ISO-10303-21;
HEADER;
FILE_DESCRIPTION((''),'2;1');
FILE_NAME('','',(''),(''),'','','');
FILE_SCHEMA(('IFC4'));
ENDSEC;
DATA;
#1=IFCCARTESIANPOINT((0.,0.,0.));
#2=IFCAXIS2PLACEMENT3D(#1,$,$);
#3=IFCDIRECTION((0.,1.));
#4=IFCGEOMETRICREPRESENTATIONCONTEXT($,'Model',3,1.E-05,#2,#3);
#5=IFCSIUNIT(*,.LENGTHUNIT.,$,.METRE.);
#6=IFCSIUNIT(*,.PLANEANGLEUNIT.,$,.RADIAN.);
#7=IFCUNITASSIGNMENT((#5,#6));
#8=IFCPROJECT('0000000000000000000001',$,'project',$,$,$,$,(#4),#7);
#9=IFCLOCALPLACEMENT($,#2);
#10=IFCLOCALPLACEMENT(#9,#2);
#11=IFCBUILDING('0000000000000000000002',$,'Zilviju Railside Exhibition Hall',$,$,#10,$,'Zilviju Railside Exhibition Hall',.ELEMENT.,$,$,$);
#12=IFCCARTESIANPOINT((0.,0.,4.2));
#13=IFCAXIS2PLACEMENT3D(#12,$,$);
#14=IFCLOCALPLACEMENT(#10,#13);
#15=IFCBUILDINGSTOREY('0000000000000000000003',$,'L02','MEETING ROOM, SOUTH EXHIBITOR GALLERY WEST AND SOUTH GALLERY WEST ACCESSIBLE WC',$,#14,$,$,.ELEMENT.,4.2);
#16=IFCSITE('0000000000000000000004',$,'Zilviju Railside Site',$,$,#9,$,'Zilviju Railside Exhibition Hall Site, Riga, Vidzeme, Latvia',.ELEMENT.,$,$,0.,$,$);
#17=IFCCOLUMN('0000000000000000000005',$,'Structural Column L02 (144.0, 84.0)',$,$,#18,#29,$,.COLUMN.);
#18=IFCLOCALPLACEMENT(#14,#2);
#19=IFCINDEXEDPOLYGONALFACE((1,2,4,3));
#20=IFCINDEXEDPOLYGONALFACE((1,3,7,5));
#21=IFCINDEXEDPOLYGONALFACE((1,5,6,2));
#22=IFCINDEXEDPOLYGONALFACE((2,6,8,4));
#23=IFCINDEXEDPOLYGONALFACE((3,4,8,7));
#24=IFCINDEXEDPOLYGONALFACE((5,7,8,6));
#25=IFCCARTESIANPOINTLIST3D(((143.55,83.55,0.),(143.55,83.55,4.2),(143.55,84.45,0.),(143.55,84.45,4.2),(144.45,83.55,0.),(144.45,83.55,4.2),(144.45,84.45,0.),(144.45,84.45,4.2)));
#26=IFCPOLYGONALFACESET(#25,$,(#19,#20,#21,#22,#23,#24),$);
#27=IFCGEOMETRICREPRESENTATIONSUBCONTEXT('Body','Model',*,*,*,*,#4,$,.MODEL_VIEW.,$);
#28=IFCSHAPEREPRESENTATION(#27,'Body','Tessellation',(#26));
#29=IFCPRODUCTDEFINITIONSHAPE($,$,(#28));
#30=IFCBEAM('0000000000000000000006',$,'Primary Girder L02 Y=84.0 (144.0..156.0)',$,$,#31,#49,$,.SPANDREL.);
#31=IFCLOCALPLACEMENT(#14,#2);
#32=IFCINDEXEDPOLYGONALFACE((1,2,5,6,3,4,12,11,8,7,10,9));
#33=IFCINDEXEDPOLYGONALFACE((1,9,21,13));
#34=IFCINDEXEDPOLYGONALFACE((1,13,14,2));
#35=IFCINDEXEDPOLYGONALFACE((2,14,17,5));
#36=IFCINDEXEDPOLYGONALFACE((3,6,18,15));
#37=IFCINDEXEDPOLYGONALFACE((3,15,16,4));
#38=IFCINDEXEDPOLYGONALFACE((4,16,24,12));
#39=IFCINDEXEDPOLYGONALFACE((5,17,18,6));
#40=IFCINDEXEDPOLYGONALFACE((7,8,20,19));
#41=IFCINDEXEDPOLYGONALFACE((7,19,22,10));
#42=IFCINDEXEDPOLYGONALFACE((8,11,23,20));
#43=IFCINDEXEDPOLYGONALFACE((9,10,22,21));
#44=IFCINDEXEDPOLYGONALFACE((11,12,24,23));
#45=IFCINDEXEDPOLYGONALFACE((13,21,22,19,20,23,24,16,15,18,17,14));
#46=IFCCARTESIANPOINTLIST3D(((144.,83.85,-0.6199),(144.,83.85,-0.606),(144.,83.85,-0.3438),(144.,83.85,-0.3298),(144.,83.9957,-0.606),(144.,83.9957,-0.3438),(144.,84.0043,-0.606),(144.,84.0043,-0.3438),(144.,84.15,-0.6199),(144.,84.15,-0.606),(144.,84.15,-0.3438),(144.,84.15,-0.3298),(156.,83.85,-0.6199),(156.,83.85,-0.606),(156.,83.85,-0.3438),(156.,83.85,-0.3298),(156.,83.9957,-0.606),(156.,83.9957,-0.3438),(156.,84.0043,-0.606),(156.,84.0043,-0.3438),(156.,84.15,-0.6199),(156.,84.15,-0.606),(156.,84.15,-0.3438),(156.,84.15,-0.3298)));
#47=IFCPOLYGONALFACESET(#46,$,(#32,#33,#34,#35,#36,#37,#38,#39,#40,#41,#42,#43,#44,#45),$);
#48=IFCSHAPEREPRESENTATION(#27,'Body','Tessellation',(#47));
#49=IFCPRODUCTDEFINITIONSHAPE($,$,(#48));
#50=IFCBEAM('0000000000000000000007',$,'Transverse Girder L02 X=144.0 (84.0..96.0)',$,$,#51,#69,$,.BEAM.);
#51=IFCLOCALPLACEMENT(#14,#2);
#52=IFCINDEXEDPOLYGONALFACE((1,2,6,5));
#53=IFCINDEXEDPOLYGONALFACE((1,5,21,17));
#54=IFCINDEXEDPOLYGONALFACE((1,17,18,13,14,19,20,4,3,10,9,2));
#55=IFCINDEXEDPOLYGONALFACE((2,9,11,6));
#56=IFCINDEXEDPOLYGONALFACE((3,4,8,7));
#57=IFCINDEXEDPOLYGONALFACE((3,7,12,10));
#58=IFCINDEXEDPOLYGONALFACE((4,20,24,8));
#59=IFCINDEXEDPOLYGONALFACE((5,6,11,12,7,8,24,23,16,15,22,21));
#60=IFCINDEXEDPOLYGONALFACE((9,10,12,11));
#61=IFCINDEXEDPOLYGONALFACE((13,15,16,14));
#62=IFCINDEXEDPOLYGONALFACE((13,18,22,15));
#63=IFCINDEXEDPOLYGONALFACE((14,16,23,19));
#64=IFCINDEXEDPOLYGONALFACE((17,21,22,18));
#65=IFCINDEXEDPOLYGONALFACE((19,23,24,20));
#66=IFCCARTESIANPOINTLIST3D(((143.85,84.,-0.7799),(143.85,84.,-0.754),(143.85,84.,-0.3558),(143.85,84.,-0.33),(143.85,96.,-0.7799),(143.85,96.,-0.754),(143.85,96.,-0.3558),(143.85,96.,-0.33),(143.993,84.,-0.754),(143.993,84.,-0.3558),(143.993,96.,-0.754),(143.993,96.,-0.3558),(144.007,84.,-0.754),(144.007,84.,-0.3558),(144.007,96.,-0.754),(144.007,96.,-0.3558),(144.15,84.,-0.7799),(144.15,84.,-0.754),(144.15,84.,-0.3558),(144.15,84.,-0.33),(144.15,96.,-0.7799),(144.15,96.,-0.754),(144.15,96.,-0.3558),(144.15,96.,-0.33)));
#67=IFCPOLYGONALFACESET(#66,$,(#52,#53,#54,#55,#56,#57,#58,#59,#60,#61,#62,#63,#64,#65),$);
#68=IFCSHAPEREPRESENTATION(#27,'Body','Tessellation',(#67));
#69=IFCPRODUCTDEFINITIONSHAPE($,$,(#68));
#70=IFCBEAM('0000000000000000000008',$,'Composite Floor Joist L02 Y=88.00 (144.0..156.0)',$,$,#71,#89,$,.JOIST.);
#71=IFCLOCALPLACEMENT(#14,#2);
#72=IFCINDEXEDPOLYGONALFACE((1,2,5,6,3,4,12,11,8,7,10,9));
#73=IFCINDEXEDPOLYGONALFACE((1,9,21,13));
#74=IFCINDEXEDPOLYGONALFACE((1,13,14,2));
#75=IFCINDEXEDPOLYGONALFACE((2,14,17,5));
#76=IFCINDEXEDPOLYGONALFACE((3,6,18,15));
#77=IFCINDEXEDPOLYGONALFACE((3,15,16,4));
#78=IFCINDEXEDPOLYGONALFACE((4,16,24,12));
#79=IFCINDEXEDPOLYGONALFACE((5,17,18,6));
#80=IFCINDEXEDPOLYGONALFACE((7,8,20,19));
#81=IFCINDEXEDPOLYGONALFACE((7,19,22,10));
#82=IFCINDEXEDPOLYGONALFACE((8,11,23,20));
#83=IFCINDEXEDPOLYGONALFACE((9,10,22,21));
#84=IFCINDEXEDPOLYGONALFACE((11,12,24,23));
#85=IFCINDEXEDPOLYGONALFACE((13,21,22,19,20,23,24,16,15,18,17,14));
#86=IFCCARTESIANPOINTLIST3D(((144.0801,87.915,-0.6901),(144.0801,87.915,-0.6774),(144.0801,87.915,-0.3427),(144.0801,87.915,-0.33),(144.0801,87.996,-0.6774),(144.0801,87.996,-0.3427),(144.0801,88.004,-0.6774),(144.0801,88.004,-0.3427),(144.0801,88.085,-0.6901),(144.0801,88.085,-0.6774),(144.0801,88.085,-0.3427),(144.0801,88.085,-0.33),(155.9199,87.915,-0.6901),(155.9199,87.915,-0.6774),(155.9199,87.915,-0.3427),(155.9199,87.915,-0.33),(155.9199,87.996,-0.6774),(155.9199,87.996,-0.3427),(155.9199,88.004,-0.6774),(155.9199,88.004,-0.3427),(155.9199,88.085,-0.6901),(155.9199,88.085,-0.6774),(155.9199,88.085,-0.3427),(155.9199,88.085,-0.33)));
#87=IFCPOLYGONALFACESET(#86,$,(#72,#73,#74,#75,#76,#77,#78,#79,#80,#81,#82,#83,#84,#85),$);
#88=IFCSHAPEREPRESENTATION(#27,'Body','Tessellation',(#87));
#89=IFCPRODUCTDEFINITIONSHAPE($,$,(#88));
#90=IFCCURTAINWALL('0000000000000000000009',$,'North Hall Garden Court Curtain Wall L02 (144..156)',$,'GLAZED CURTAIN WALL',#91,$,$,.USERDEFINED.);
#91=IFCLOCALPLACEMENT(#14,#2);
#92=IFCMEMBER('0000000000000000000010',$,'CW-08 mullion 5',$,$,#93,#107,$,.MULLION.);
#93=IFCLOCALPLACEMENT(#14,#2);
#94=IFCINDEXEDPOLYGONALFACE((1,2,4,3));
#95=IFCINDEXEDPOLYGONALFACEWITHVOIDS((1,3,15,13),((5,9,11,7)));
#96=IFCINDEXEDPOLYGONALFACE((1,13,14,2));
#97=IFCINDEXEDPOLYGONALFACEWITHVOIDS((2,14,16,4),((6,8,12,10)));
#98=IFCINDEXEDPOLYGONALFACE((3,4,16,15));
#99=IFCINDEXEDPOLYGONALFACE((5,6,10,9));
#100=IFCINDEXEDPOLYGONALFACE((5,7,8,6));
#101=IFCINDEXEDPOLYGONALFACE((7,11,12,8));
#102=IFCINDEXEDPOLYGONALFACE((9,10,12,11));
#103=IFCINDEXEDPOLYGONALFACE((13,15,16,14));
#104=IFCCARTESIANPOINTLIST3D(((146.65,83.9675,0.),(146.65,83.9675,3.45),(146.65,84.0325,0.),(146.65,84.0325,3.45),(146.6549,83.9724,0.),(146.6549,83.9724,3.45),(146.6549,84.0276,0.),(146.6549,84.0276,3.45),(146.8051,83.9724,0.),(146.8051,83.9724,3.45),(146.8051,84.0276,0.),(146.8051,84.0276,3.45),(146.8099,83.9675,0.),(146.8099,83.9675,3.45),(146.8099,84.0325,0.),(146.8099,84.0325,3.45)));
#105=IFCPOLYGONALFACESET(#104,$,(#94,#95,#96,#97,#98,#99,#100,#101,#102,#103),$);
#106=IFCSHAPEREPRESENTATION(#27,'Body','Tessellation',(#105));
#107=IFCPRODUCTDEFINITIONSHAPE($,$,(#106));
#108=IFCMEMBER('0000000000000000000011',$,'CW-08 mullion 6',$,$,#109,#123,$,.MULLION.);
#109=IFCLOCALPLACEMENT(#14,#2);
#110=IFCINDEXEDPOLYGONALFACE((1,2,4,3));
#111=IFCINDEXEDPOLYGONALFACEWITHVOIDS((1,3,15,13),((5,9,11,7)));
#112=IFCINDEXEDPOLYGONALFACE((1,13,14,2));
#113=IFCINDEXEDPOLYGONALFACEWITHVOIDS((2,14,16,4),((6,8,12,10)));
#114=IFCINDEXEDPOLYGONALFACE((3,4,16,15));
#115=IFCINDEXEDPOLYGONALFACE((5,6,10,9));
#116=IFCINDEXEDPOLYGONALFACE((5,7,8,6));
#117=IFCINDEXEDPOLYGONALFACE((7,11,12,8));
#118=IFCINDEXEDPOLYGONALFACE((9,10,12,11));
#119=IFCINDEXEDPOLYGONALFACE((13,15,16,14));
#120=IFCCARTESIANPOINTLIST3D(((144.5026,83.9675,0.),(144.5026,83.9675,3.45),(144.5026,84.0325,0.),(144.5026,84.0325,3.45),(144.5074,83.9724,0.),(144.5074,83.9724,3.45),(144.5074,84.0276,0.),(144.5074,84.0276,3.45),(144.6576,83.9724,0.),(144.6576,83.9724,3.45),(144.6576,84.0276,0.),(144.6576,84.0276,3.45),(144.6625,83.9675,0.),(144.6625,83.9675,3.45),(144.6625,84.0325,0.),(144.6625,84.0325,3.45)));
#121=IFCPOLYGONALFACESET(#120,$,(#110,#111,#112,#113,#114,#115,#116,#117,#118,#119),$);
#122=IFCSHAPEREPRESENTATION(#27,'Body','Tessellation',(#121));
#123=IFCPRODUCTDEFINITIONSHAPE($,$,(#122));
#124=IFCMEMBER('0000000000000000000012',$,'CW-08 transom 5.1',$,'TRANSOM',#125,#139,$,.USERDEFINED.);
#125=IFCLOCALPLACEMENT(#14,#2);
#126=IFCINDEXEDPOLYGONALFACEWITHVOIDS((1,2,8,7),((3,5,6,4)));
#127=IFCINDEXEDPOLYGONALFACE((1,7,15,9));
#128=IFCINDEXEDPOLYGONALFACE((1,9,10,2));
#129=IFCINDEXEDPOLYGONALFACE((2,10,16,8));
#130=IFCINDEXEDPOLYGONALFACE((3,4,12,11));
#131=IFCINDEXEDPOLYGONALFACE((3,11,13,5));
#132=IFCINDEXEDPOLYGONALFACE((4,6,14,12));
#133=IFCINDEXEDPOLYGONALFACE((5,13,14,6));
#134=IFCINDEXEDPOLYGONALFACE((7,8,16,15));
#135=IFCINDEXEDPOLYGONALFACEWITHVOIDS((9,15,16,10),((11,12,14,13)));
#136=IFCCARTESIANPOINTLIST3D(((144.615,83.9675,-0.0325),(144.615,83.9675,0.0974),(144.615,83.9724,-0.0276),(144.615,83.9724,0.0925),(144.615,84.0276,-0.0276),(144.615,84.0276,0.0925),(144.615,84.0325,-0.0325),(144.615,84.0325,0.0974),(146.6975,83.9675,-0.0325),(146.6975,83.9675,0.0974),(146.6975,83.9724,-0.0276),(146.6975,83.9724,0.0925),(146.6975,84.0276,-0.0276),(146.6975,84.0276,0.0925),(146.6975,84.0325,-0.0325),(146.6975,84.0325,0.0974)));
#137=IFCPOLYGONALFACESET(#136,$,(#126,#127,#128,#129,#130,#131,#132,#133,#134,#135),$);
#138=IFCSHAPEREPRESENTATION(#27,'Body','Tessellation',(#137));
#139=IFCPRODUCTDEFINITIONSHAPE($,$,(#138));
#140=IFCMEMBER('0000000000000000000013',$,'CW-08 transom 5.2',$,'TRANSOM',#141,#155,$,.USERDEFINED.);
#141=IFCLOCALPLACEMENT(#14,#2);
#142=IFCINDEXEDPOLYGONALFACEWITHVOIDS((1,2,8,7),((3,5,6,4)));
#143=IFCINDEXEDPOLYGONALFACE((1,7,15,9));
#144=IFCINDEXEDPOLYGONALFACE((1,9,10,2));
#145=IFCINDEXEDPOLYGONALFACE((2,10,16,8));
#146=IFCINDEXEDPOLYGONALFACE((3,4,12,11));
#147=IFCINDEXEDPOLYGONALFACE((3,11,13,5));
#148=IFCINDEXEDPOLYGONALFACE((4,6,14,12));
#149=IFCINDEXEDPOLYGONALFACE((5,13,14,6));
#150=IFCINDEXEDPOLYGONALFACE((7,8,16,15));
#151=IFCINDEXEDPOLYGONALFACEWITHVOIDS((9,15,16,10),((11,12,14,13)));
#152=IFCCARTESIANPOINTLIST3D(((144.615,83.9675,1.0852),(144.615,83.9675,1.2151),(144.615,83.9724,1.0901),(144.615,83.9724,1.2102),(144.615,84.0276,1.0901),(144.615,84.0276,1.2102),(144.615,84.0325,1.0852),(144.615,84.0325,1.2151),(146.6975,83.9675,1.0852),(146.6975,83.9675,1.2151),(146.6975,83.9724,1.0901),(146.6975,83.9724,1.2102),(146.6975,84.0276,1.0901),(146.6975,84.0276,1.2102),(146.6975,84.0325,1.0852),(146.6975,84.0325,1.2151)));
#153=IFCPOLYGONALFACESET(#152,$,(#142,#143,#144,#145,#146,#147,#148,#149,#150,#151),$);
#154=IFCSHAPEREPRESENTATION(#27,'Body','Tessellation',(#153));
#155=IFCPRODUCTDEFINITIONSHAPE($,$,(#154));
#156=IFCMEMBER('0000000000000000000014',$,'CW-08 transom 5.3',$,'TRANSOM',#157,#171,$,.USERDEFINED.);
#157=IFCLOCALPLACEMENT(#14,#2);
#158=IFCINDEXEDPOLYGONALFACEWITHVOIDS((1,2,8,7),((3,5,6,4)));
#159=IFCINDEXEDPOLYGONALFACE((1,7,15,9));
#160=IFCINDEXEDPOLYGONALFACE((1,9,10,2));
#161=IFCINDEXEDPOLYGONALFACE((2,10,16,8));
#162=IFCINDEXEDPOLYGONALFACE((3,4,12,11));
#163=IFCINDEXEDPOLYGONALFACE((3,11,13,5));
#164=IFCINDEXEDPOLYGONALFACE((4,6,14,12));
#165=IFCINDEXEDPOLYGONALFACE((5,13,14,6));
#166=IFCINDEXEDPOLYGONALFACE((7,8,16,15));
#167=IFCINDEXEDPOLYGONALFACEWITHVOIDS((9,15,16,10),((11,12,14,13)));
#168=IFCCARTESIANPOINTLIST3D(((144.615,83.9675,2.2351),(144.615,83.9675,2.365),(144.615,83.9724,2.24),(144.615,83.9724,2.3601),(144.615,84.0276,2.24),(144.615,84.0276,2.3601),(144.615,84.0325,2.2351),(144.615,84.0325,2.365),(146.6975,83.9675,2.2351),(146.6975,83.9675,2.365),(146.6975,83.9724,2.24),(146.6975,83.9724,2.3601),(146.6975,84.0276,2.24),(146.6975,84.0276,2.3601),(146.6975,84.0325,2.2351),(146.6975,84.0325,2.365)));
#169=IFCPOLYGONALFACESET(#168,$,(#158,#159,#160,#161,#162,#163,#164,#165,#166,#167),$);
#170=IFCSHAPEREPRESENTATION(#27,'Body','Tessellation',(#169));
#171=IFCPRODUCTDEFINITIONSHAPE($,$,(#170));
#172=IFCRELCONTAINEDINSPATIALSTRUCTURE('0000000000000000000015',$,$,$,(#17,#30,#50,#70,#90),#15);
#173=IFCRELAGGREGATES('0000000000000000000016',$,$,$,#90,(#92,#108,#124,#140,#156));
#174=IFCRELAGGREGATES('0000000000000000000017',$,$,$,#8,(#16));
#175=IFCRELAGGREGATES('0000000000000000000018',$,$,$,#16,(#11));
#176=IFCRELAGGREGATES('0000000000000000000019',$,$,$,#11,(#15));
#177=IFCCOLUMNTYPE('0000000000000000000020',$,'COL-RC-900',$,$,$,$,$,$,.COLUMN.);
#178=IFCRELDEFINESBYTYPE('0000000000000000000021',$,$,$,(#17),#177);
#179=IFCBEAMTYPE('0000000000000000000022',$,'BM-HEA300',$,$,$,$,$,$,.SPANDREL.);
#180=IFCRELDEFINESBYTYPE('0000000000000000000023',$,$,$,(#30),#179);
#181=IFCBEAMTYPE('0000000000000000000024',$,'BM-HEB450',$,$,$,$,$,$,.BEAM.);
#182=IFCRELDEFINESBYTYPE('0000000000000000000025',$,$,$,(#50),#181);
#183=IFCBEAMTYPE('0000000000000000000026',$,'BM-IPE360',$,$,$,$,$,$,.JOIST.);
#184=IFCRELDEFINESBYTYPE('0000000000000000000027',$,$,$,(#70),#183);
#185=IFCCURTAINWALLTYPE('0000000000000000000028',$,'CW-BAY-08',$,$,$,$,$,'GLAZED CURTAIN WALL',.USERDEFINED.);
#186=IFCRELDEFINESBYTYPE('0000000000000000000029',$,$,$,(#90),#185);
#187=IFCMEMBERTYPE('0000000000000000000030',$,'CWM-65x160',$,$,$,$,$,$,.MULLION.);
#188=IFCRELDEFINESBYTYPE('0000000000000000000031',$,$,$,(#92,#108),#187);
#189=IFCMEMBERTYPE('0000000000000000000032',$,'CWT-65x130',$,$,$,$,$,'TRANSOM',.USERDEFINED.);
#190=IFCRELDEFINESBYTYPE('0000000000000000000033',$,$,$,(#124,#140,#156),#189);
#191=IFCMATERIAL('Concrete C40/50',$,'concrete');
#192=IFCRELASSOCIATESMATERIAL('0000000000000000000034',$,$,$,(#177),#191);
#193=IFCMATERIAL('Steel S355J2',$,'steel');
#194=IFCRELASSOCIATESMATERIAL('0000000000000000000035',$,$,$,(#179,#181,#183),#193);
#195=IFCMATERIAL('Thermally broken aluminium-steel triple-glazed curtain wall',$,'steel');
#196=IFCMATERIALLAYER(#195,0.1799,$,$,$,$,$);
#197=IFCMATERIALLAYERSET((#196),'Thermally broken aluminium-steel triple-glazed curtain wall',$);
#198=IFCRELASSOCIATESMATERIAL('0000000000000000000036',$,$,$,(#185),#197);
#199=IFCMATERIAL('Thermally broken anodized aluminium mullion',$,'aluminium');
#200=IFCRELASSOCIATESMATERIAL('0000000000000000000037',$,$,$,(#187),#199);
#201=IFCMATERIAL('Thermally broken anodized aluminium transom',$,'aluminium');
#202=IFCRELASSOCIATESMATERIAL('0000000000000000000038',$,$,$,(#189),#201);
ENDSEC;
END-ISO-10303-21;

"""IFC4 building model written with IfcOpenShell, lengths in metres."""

from ifc_helpers import new_model, si_unit, direction, frame, origin, origin_2d, place, context, subcontext, project, spatial, rectangle, hollow_rectangle, i_section, extrude, material, layer, layer_set, material_profile, profile_set, type_object, element, aggregate, save


model = new_model("IFC4")

# Units and contexts
model_context = context("Model", 3, precision=1e-05, world=origin(), true_north=direction((0.0, 1.0)))
body_context = subcontext(model_context, "Body", "Model", "MODEL_VIEW")
ifc_project = project(units=[si_unit("LENGTHUNIT", "METRE"), si_unit("PLANEANGLEUNIT", "RADIAN")], contexts=[model_context])

# Site, building, storey
site_placement = place(None, origin())
site = spatial("IfcSite", under=ifc_project, at=site_placement, Name="Zilviju Railside Site", LongName="Zilviju Railside Exhibition Hall Site, Riga, Vidzeme, Latvia", CompositionType="ELEMENT", RefElevation=0.0)
building_placement = place(site_placement, origin())
building = spatial("IfcBuilding", under=site, at=building_placement, Name="Zilviju Railside Exhibition Hall", LongName="Zilviju Railside Exhibition Hall", CompositionType="ELEMENT")
storey_placement = place(building_placement, frame((0.0, 0.0, 4.2)))
storey = spatial("IfcBuildingStorey", under=building, at=storey_placement, Name="L02", Description="MEETING ROOM, SOUTH EXHIBITOR GALLERY WEST AND SOUTH GALLERY WEST ACCESSIBLE WC", CompositionType="ELEMENT", Elevation=4.2)

# Column
ifc_material_1 = material(Name="Concrete C40/50", Category="concrete")
ifc_material_profile_1 = material_profile(ifc_material_1, rectangle(XDim=0.8999, YDim=0.8999, at=origin_2d()), Name="RC COL 900x900")
ifc_profile_set_1 = profile_set([ifc_material_profile_1], Name="Concrete C40/50")
column_type = type_object("IfcColumnType", Name="COL-RC-900", PredefinedType="COLUMN", material=ifc_profile_set_1)
column_placement = place(storey_placement, frame((144.0, 84.0, 0.0), z_axis=(0.0, 0.0, 1.0), x_axis=(1.0, 0.0, 0.0)))
element("IfcColumn", 1, at=column_placement, inside=storey, type_object=column_type, Name="Structural Column L02 (144.0, 84.0)", PredefinedType="COLUMN", context=body_context, shape_type="SweptSolid", body=[
    extrude(rectangle(XDim=0.8999, YDim=0.8999, at=origin_2d()), origin(), (0.0, 0.0, 1.0), 4.2),
])

# Beams
ifc_material_2 = material(Name="Steel S355J2", Category="steel")
ifc_material_profile_2 = material_profile(ifc_material_2, i_section(OverallWidth=0.3, OverallDepth=0.29, WebThickness=0.0085, FlangeThickness=0.0139, at=origin_2d()), Name="HEA 300")
ifc_profile_set_2 = profile_set([ifc_material_profile_2], Name="Steel S355J2")
beam_type_1 = type_object("IfcBeamType", Name="BM-HEA300", PredefinedType="SPANDREL", material=ifc_profile_set_2)
beam_1_placement = place(storey_placement, frame((144.0, 84.0, -0.4749), z_axis=(1.0, 0.0, 0.0), x_axis=(0.0, 1.0, 0.0)))
element("IfcBeam", 2, at=beam_1_placement, inside=storey, type_object=beam_type_1, Name="Primary Girder L02 Y=84.0 (144.0..156.0)", PredefinedType="SPANDREL", context=body_context, shape_type="SweptSolid", body=[
    extrude(i_section(OverallWidth=0.3, OverallDepth=0.29, WebThickness=0.0085, FlangeThickness=0.0139, at=origin_2d()), origin(), (0.0, 0.0, 1.0), 12.0),
])
ifc_material_profile_3 = material_profile(ifc_material_2, i_section(OverallWidth=0.3, OverallDepth=0.45, WebThickness=0.0139, FlangeThickness=0.0259, at=origin_2d()), Name="HEB 450")
ifc_profile_set_3 = profile_set([ifc_material_profile_3], Name="Steel S355J2")
beam_type_2 = type_object("IfcBeamType", Name="BM-HEB450", PredefinedType="BEAM", material=ifc_profile_set_3)
beam_2_placement = place(storey_placement, frame((144.0, 84.0, -0.5549), z_axis=(0.0, 1.0, 0.0), x_axis=(-1.0, 0.0, 0.0)))
element("IfcBeam", 3, at=beam_2_placement, inside=storey, type_object=beam_type_2, Name="Transverse Girder L02 X=144.0 (84.0..96.0)", PredefinedType="BEAM", context=body_context, shape_type="SweptSolid", body=[
    extrude(i_section(OverallWidth=0.3, OverallDepth=0.45, WebThickness=0.0139, FlangeThickness=0.0259, at=origin_2d()), origin(), (0.0, 0.0, 1.0), 12.0),
])
ifc_material_profile_4 = material_profile(ifc_material_2, i_section(OverallWidth=0.1699, OverallDepth=0.3601, WebThickness=0.0081, FlangeThickness=0.0127, at=origin_2d()), Name="IPE 360")
ifc_profile_set_4 = profile_set([ifc_material_profile_4], Name="Steel S355J2")
beam_type_3 = type_object("IfcBeamType", Name="BM-IPE360", PredefinedType="JOIST", material=ifc_profile_set_4)
beam_3_placement = place(storey_placement, frame((144.0801, 88.0, -0.51), z_axis=(1.0, 0.0, 0.0), x_axis=(0.0, 1.0, 0.0)))
element("IfcBeam", 4, at=beam_3_placement, inside=storey, type_object=beam_type_3, Name="Composite Floor Joist L02 Y=88.00 (144.0..156.0)", PredefinedType="JOIST", context=body_context, shape_type="SweptSolid", body=[
    extrude(i_section(OverallWidth=0.1699, OverallDepth=0.3601, WebThickness=0.0081, FlangeThickness=0.0127, at=origin_2d()), origin(), (0.0, 0.0, 1.0), 11.8398),
])

# Curtain wall, members
ifc_material_3 = material(Name="Thermally broken aluminium-steel triple-glazed curtain wall", Category="steel")
ifc_layer_1 = layer(ifc_material_3, 0.1799)
ifc_layer_set_1 = layer_set([ifc_layer_1], Name="Thermally broken aluminium-steel triple-glazed curtain wall")
curtain_wall_type = type_object("IfcCurtainWallType", Name="CW-BAY-08", ElementType="GLAZED CURTAIN WALL", PredefinedType="USERDEFINED", material=ifc_layer_set_1)
curtain_wall_placement = place(storey_placement, origin())
curtain_wall = element("IfcCurtainWall", 5, at=curtain_wall_placement, inside=storey, type_object=curtain_wall_type, Name="North Hall Garden Court Curtain Wall L02 (144..156)", ObjectType="GLAZED CURTAIN WALL", PredefinedType="USERDEFINED")
ifc_material_4 = material(Name="Thermally broken anodized aluminium mullion", Category="aluminium")
ifc_material_profile_5 = material_profile(ifc_material_4, hollow_rectangle(XDim=0.0649, YDim=0.1599, WallThickness=0.0049, at=origin_2d()), Name="MULLION 160x65x5")
ifc_profile_set_5 = profile_set([ifc_material_profile_5], Name="Thermally broken anodized aluminium mullion")
member_type_1 = type_object("IfcMemberType", Name="CWM-65x160", PredefinedType="MULLION", material=ifc_profile_set_5)
member_1_placement = place(storey_placement, frame((146.73, 84.0, 0.0), z_axis=(0.0, 0.0, 1.0), x_axis=(0.0, -1.0, 0.0)))
member_1 = element("IfcMember", 6, at=member_1_placement, type_object=member_type_1, Name="CW-08 mullion 5", PredefinedType="MULLION", context=body_context, shape_type="SweptSolid", body=[
    extrude(hollow_rectangle(XDim=0.0649, YDim=0.1599, WallThickness=0.0049, at=origin_2d()), origin(), (0.0, 0.0, 1.0), 3.45),
])
member_2_placement = place(storey_placement, frame((144.5825, 84.0, 0.0), z_axis=(0.0, 0.0, 1.0), x_axis=(0.0, -1.0, 0.0)))
member_2 = element("IfcMember", 7, at=member_2_placement, type_object=member_type_1, Name="CW-08 mullion 6", PredefinedType="MULLION", context=body_context, shape_type="SweptSolid", body=[
    extrude(hollow_rectangle(XDim=0.0649, YDim=0.1599, WallThickness=0.0049, at=origin_2d()), origin(), (0.0, 0.0, 1.0), 3.45),
])
ifc_material_5 = material(Name="Thermally broken anodized aluminium transom", Category="aluminium")
ifc_material_profile_6 = material_profile(ifc_material_5, hollow_rectangle(XDim=0.0649, YDim=0.1299, WallThickness=0.0049, at=origin_2d()), Name="TRANSOM 130x65x5")
ifc_profile_set_6 = profile_set([ifc_material_profile_6], Name="Thermally broken anodized aluminium transom")
member_type_2 = type_object("IfcMemberType", Name="CWT-65x130", ElementType="TRANSOM", PredefinedType="USERDEFINED", material=ifc_profile_set_6)
member_3_placement = place(storey_placement, frame((146.6975, 84.0, 0.0325), z_axis=(-1.0, 0.0, 0.0), x_axis=(0.0, -1.0, 0.0)))
member_3 = element("IfcMember", 8, at=member_3_placement, type_object=member_type_2, Name="CW-08 transom 5.1", ObjectType="TRANSOM", PredefinedType="USERDEFINED", context=body_context, shape_type="SweptSolid", body=[
    extrude(hollow_rectangle(XDim=0.0649, YDim=0.1299, WallThickness=0.0049, at=origin_2d()), origin(), (0.0, 0.0, 1.0), 2.0825),
])
member_4_placement = place(storey_placement, frame((146.6975, 84.0, 1.1501), z_axis=(-1.0, 0.0, 0.0), x_axis=(0.0, -1.0, 0.0)))
member_4 = element("IfcMember", 9, at=member_4_placement, type_object=member_type_2, Name="CW-08 transom 5.2", ObjectType="TRANSOM", PredefinedType="USERDEFINED", context=body_context, shape_type="SweptSolid", body=[
    extrude(hollow_rectangle(XDim=0.0649, YDim=0.1299, WallThickness=0.0049, at=origin_2d()), origin(), (0.0, 0.0, 1.0), 2.0825),
])
member_5_placement = place(storey_placement, frame((146.6975, 84.0, 2.3), z_axis=(-1.0, 0.0, 0.0), x_axis=(0.0, -1.0, 0.0)))
member_5 = element("IfcMember", 10, at=member_5_placement, type_object=member_type_2, Name="CW-08 transom 5.3", ObjectType="TRANSOM", PredefinedType="USERDEFINED", context=body_context, shape_type="SweptSolid", body=[
    extrude(hollow_rectangle(XDim=0.0649, YDim=0.1299, WallThickness=0.0049, at=origin_2d()), origin(), (0.0, 0.0, 1.0), 2.0825),
])
aggregate(curtain_wall, [member_1, member_2, member_3, member_4, member_5])

save(model, "model.ifc")
